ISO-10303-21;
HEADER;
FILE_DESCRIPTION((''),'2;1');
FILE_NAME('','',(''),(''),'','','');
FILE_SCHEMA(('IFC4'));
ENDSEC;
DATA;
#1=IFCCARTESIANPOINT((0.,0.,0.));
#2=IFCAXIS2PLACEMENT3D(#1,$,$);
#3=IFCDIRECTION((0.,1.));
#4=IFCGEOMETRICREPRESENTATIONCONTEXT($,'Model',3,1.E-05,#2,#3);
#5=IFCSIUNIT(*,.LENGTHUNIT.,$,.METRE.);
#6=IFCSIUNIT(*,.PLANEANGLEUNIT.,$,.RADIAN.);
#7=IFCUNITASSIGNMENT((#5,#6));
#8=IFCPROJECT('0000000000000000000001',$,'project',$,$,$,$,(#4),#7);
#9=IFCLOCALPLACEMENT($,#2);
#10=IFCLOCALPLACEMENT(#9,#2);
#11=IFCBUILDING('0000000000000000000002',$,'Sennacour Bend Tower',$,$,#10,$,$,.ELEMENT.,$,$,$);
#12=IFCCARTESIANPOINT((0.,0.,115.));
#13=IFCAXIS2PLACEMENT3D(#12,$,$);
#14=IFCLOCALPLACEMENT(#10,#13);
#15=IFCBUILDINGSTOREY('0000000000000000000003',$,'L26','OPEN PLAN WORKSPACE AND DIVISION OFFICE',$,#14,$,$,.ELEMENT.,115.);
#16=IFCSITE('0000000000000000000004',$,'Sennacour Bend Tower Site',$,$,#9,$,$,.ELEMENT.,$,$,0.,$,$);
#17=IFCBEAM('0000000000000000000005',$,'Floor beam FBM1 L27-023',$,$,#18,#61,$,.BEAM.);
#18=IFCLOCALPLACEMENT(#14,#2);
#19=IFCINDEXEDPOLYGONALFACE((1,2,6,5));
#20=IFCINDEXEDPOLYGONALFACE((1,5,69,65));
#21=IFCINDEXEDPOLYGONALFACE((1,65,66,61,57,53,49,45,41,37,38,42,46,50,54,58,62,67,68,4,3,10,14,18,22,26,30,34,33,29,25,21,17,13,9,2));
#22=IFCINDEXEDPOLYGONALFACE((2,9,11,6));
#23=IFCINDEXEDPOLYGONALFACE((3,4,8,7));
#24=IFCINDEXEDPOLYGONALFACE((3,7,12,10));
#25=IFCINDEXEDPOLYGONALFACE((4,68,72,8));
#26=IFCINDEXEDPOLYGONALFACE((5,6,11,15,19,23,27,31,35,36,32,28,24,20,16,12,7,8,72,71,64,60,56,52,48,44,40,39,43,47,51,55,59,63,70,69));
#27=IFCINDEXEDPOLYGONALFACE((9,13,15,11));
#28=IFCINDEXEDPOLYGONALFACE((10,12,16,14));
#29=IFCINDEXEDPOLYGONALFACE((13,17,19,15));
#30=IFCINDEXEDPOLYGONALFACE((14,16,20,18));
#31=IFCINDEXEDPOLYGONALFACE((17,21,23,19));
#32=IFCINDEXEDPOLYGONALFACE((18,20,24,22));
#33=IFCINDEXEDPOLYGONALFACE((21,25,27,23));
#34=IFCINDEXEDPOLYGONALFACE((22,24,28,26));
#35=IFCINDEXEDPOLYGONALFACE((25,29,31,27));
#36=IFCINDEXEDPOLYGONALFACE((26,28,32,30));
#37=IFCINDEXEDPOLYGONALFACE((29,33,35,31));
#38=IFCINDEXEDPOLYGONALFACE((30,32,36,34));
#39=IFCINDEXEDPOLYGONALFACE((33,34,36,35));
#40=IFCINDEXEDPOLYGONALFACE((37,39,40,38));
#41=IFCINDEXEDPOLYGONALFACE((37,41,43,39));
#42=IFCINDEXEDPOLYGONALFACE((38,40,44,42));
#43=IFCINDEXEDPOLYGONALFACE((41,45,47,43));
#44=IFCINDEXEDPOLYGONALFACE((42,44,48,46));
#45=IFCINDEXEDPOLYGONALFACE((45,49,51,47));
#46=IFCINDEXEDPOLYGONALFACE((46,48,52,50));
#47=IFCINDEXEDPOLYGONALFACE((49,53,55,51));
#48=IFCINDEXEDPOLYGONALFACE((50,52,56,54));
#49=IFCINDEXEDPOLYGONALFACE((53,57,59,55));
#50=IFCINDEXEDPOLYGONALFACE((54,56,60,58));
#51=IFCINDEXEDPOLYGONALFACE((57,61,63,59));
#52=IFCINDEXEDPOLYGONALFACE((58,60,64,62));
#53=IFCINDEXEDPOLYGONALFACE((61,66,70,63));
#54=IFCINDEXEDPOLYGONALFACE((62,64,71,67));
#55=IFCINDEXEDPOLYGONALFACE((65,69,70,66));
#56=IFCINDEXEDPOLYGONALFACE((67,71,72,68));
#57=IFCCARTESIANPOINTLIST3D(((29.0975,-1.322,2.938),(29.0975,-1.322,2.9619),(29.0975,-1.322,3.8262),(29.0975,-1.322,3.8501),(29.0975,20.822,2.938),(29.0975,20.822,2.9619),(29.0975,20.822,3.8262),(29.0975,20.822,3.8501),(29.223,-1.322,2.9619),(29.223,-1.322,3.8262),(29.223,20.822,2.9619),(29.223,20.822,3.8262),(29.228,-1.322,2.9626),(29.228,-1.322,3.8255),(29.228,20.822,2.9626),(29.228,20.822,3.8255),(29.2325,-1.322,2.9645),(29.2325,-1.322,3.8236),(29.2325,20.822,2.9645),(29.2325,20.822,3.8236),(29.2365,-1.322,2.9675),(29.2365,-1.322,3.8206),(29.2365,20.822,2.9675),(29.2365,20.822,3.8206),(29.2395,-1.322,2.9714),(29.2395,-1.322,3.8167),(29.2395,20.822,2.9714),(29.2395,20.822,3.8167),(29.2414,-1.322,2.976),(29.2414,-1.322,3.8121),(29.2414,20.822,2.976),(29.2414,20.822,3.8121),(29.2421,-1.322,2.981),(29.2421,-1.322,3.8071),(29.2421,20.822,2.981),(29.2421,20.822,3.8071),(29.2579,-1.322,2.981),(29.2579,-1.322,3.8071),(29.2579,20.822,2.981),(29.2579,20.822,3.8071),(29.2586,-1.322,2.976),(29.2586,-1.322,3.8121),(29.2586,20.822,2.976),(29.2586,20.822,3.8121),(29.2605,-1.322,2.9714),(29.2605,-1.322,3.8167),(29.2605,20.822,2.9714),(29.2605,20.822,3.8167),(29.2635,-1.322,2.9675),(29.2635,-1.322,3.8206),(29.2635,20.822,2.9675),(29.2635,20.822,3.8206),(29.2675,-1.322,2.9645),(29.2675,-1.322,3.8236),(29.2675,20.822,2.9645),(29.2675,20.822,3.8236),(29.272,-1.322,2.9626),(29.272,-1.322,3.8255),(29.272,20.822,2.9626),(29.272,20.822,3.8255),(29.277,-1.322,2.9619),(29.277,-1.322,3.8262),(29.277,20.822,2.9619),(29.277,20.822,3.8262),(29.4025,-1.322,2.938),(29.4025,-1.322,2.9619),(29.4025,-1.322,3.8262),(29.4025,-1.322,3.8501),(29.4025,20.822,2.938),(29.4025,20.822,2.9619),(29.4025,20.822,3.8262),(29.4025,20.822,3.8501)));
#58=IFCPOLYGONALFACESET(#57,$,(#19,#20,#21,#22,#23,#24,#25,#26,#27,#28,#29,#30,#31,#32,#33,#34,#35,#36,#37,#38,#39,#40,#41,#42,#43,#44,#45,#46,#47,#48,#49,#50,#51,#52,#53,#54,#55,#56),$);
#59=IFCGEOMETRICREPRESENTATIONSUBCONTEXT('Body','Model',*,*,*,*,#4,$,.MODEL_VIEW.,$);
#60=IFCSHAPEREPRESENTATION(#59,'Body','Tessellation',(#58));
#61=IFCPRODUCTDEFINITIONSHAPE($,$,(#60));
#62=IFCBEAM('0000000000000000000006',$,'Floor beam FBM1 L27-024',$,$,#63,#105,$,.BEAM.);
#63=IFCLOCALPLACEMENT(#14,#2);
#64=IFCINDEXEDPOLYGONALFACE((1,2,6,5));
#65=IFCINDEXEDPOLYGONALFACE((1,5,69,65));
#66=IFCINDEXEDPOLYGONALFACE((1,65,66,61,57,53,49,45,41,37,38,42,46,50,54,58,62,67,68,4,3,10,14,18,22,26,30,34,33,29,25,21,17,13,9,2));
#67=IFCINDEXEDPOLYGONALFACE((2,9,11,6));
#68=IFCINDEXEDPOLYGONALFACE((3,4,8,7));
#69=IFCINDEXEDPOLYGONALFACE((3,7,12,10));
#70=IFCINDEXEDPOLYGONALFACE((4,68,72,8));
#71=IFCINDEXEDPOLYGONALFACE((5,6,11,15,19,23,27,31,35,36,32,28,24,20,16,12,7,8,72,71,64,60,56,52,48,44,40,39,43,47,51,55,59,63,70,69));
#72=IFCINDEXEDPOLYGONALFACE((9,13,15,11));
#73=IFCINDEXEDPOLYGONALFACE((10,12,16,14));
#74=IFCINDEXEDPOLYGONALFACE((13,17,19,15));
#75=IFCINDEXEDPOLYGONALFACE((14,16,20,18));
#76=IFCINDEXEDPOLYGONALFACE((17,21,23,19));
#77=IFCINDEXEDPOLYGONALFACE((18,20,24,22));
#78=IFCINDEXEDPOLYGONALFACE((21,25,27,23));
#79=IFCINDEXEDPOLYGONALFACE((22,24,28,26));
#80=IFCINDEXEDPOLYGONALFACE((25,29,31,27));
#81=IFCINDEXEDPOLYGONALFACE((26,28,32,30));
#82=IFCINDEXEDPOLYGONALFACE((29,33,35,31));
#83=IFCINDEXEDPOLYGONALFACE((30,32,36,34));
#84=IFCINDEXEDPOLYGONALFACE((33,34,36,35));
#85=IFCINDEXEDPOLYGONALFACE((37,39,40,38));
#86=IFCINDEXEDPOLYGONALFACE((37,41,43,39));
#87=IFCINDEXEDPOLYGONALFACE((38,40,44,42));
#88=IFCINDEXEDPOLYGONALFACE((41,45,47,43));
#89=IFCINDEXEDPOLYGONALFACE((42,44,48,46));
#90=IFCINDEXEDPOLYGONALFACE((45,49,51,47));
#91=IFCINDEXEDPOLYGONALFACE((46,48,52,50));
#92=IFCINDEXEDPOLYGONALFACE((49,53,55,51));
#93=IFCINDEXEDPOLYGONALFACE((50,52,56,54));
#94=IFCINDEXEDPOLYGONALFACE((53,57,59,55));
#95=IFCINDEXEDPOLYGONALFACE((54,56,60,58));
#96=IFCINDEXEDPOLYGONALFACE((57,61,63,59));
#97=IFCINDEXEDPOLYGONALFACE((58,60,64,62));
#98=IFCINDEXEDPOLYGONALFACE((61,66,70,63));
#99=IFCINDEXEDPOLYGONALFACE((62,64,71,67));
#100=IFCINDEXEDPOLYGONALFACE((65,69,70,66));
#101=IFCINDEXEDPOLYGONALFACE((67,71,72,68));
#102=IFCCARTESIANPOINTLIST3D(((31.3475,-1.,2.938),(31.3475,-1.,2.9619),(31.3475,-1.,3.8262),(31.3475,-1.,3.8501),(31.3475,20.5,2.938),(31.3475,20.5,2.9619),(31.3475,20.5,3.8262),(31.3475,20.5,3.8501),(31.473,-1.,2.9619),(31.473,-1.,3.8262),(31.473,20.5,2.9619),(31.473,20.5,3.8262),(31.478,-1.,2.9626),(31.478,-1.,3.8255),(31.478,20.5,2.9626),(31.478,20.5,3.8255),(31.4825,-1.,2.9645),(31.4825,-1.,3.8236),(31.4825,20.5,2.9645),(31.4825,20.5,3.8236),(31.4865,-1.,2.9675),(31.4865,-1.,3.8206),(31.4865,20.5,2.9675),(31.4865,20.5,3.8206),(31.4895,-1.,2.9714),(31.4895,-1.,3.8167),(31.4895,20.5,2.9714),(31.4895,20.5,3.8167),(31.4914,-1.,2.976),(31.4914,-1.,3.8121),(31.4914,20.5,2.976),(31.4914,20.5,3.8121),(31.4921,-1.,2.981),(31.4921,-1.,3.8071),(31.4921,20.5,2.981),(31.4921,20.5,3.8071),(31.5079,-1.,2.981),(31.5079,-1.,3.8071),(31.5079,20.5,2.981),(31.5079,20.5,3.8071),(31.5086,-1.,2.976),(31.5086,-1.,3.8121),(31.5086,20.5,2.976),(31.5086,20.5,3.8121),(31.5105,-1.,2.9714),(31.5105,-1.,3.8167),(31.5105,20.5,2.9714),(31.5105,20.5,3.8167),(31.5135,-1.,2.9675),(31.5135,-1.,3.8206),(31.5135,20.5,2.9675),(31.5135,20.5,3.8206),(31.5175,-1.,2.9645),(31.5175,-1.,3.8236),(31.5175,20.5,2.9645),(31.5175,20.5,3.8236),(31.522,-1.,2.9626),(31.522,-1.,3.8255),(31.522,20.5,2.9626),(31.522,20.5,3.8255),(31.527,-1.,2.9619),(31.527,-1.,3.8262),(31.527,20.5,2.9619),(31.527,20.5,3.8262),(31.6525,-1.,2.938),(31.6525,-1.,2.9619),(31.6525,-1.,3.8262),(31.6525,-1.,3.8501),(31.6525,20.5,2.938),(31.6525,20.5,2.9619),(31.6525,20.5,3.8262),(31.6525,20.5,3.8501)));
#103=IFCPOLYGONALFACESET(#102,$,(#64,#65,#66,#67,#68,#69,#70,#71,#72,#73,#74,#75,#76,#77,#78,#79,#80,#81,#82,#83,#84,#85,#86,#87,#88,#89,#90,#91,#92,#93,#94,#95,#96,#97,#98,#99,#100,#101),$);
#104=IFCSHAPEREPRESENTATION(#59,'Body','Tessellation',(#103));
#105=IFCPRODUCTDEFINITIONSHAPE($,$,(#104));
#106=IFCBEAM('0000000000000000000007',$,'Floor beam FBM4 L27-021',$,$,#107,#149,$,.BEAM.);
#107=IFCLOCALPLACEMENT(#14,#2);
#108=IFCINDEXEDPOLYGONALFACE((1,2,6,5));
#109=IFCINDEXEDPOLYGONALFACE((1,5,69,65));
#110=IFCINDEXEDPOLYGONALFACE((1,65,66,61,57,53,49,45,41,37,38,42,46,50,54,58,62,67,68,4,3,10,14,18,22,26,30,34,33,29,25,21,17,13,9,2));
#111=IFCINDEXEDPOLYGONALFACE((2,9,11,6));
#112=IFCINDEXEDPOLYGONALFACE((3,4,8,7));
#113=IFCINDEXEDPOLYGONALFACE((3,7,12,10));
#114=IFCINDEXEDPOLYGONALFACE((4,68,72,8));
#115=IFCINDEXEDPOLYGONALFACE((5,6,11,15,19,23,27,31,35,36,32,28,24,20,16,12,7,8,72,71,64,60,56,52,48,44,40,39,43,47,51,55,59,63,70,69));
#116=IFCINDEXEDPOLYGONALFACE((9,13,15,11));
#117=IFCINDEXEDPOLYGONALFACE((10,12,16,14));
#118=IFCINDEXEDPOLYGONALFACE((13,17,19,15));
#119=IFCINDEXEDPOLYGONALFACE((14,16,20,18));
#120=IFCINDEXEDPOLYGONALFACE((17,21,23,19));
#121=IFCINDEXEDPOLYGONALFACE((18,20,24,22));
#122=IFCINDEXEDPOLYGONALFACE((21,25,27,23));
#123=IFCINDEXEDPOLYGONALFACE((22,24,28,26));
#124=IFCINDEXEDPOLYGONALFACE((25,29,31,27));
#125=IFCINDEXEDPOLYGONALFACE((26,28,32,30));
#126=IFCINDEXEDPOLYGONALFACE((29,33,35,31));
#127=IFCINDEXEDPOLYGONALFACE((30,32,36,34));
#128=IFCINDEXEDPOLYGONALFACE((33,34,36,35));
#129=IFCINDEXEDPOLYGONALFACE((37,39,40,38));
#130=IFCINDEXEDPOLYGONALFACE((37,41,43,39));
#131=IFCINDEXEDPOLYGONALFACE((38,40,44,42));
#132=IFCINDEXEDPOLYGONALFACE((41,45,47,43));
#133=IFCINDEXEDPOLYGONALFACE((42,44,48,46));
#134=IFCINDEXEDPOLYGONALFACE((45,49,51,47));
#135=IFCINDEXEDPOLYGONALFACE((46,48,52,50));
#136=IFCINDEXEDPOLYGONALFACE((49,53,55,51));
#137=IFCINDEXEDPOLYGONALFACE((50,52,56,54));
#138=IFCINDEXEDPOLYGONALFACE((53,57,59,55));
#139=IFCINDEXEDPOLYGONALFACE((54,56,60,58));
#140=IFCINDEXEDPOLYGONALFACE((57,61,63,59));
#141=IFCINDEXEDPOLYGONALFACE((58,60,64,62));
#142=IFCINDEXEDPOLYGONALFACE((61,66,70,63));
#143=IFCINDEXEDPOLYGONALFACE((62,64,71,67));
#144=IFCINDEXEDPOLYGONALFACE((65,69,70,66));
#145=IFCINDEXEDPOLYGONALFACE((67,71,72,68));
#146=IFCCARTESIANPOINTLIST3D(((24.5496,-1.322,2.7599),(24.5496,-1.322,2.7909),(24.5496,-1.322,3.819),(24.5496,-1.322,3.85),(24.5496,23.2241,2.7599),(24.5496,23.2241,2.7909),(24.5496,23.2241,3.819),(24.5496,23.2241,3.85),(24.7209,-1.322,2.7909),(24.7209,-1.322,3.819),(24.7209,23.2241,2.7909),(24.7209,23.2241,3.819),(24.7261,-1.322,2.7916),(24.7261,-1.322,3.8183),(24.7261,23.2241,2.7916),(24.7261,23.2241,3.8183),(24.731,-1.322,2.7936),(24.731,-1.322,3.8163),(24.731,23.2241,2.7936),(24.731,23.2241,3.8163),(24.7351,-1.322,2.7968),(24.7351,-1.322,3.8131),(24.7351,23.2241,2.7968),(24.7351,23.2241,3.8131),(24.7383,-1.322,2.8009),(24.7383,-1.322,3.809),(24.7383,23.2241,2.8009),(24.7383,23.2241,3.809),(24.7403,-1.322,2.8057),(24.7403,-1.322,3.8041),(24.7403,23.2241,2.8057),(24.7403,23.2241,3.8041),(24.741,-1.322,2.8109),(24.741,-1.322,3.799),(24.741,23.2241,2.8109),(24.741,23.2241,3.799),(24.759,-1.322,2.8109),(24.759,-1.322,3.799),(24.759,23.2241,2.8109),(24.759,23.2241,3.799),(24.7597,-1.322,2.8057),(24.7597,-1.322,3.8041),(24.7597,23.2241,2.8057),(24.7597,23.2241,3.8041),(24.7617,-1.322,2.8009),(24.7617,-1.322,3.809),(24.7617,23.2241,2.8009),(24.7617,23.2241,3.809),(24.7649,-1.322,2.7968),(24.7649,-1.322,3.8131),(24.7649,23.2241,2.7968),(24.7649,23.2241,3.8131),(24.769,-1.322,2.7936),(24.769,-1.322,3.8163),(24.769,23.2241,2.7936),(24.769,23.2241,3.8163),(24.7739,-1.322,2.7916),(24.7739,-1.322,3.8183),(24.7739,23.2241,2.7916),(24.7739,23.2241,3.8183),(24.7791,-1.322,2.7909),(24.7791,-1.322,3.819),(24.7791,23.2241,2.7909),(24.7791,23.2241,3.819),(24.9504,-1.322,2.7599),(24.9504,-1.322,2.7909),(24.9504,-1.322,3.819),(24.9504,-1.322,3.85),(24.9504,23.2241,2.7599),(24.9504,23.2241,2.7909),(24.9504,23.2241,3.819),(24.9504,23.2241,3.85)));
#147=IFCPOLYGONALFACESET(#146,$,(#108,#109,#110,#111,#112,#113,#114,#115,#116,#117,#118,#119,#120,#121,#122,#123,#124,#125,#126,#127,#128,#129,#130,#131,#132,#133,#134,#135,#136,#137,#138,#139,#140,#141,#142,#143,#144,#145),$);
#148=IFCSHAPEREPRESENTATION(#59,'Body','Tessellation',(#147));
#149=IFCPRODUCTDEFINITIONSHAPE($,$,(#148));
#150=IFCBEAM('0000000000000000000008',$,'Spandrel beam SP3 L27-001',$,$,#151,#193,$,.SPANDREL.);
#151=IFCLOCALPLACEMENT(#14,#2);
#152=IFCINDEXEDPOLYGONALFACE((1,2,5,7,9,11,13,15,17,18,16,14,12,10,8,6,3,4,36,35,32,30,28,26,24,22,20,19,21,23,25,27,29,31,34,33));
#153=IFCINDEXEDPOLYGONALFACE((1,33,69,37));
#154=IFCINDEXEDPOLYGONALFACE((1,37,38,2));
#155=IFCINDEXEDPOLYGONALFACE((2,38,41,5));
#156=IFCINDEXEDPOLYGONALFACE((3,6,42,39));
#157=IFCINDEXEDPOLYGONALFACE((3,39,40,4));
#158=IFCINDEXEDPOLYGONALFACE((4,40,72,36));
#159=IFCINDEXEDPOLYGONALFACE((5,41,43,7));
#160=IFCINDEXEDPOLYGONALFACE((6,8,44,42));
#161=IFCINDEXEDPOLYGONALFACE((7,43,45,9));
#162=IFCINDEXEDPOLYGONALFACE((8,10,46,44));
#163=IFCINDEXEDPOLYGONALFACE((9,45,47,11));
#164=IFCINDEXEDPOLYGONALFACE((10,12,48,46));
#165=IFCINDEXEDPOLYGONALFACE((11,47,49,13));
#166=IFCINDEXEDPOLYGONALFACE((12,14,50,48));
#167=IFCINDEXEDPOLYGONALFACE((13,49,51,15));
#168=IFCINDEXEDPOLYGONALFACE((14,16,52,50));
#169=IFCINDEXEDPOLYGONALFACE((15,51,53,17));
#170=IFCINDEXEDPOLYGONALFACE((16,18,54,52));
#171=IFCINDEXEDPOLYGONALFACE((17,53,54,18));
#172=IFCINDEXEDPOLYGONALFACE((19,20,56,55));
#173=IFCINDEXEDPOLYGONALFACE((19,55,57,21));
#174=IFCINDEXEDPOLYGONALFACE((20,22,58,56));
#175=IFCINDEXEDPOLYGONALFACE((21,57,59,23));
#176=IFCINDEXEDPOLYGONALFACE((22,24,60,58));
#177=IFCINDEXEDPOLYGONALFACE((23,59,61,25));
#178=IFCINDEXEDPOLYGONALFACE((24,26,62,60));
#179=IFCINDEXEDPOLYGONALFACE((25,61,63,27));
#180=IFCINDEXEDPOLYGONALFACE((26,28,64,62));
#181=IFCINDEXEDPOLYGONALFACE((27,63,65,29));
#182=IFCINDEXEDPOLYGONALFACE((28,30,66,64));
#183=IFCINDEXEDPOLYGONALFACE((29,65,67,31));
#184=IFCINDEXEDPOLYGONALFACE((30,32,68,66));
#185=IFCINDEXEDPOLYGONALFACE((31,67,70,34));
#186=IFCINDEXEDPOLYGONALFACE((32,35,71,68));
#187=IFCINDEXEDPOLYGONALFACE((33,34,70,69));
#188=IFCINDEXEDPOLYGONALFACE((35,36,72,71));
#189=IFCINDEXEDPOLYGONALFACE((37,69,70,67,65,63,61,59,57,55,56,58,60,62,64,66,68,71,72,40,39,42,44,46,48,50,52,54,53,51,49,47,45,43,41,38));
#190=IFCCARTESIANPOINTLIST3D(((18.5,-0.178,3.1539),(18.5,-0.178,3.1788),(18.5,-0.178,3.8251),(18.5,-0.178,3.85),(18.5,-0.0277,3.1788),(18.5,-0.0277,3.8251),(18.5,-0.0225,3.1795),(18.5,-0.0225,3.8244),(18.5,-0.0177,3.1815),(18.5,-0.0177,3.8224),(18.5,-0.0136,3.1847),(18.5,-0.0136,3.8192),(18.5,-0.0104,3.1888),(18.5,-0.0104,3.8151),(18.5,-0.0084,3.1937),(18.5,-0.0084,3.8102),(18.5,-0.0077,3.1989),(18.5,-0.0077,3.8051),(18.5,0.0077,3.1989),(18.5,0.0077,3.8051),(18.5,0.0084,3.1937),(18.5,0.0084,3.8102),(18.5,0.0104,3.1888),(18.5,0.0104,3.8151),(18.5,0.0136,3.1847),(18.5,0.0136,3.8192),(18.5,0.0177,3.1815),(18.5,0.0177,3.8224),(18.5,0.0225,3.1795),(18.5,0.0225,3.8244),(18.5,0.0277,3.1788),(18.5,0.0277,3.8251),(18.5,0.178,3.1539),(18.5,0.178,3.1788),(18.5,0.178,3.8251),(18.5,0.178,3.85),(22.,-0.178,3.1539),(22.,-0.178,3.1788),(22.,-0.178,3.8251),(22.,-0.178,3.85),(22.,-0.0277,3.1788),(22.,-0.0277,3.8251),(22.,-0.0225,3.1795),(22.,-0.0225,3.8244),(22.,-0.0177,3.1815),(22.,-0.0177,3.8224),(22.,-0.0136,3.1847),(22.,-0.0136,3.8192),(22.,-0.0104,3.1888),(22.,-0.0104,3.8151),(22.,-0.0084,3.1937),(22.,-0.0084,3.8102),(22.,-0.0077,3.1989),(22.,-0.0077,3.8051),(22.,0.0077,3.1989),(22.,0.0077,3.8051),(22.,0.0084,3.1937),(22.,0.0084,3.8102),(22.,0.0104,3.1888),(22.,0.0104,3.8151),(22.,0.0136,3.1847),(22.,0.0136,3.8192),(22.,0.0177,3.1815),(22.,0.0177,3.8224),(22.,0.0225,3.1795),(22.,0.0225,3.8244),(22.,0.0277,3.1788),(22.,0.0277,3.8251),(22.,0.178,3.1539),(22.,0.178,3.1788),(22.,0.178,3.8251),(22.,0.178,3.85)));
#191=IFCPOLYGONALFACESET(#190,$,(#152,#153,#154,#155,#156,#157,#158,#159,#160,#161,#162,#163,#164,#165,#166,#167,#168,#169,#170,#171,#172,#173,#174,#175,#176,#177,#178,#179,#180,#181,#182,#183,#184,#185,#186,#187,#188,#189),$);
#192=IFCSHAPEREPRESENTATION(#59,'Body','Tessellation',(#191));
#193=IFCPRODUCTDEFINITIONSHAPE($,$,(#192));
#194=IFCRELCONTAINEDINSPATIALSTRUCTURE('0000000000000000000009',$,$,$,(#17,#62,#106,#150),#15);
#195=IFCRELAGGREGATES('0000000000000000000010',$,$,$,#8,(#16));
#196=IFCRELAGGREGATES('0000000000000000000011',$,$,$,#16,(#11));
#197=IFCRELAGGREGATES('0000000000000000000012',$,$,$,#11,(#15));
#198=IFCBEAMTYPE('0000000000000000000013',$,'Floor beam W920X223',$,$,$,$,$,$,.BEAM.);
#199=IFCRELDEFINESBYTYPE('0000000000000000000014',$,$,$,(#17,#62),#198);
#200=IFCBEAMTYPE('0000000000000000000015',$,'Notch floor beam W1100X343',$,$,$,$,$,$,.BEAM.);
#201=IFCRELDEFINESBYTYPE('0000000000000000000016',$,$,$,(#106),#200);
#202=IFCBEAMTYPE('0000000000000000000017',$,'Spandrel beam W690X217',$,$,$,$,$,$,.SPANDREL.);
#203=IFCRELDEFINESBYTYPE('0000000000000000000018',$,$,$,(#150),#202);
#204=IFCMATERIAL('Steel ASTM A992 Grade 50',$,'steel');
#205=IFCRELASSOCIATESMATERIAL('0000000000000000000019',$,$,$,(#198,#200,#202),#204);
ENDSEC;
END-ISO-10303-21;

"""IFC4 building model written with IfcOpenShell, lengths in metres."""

from ifc_helpers import new_model, si_unit, direction, frame, origin, origin_2d, place, context, subcontext, project, spatial, i_section, extrude, material, material_profile, profile_set, type_object, element, save


model = new_model("IFC4")

# Units and contexts
model_context = context("Model", 3, precision=1e-05, world=origin(), true_north=direction((0.0, 1.0)))
body_context = subcontext(model_context, "Body", "Model", "MODEL_VIEW")
ifc_project = project(units=[si_unit("LENGTHUNIT", "METRE"), si_unit("PLANEANGLEUNIT", "RADIAN")], contexts=[model_context])

# Site, building, storey
site_placement = place(None, origin())
site = spatial("IfcSite", under=ifc_project, at=site_placement, Name="Sennacour Bend Tower Site", CompositionType="ELEMENT", RefElevation=0.0)
building_placement = place(site_placement, origin())
building = spatial("IfcBuilding", under=site, at=building_placement, Name="Sennacour Bend Tower", CompositionType="ELEMENT")
storey_placement = place(building_placement, frame((0.0, 0.0, 115.0)))
storey = spatial("IfcBuildingStorey", under=building, at=storey_placement, Name="L26", Description="OPEN PLAN WORKSPACE AND DIVISION OFFICE", CompositionType="ELEMENT", Elevation=115.0)

# Beams
ifc_material_1 = material(Name="Steel ASTM A992 Grade 50", Category="steel")
ifc_material_profile_1 = material_profile(ifc_material_1, i_section(OverallWidth=0.3049, OverallDepth=0.9121, WebThickness=0.0159, FlangeThickness=0.0239, FilletRadius=0.019, at=origin_2d()), Name="Steel ASTM A992 Grade 50", Category="steel")
ifc_profile_set_1 = profile_set([ifc_material_profile_1], Name="Steel ASTM A992 Grade 50")
beam_type_1 = type_object("IfcBeamType", Name="Floor beam W920X223", PredefinedType="BEAM", material=ifc_profile_set_1)
beam_1_placement = place(storey_placement, frame((29.25, -1.322, 3.394), z_axis=(0.0, 1.0, 0.0), x_axis=(-1.0, 0.0, 0.0)))
element("IfcBeam", 1, at=beam_1_placement, inside=storey, type_object=beam_type_1, Name="Floor beam FBM1 L27-023", PredefinedType="BEAM", context=body_context, shape_type="SweptSolid", body=[
    extrude(i_section(OverallWidth=0.3049, OverallDepth=0.9121, WebThickness=0.0159, FlangeThickness=0.0239, FilletRadius=0.019, at=origin_2d()), origin(), (0.0, 0.0, 1.0), 22.144),
])
beam_2_placement = place(storey_placement, frame((31.5, -1.0, 3.394), z_axis=(0.0, 1.0, 0.0), x_axis=(-1.0, 0.0, 0.0)))
element("IfcBeam", 2, at=beam_2_placement, inside=storey, type_object=beam_type_1, Name="Floor beam FBM1 L27-024", PredefinedType="BEAM", context=body_context, shape_type="SweptSolid", body=[
    extrude(i_section(OverallWidth=0.3049, OverallDepth=0.9121, WebThickness=0.0159, FlangeThickness=0.0239, FilletRadius=0.019, at=origin_2d()), origin(), (0.0, 0.0, 1.0), 21.5),
])
ifc_material_profile_2 = material_profile(ifc_material_1, i_section(OverallWidth=0.4009, OverallDepth=1.0901, WebThickness=0.0181, FlangeThickness=0.031, FilletRadius=0.02, at=origin_2d()), Name="Steel ASTM A992 Grade 50", Category="steel")
ifc_profile_set_2 = profile_set([ifc_material_profile_2], Name="Steel ASTM A992 Grade 50")
beam_type_2 = type_object("IfcBeamType", Name="Notch floor beam W1100X343", PredefinedType="BEAM", material=ifc_profile_set_2)
beam_3_placement = place(storey_placement, frame((24.75, -1.322, 3.3049), z_axis=(0.0, 1.0, 0.0), x_axis=(-1.0, 0.0, 0.0)))
element("IfcBeam", 3, at=beam_3_placement, inside=storey, type_object=beam_type_2, Name="Floor beam FBM4 L27-021", PredefinedType="BEAM", context=body_context, shape_type="SweptSolid", body=[
    extrude(i_section(OverallWidth=0.4009, OverallDepth=1.0901, WebThickness=0.0181, FlangeThickness=0.031, FilletRadius=0.02, at=origin_2d()), origin(), (0.0, 0.0, 1.0), 24.5461),
])
ifc_material_profile_3 = material_profile(ifc_material_1, i_section(OverallWidth=0.356, OverallDepth=0.696, WebThickness=0.0154, FlangeThickness=0.0249, FilletRadius=0.02, at=origin_2d()), Name="Steel ASTM A992 Grade 50", Category="steel")
ifc_profile_set_3 = profile_set([ifc_material_profile_3], Name="Steel ASTM A992 Grade 50")
beam_type_3 = type_object("IfcBeamType", Name="Spandrel beam W690X217", PredefinedType="SPANDREL", material=ifc_profile_set_3)
for number, where, z_axis, x_axis, name in (
    (4, (22.0, 0.0, 3.502), (-1.0, 0.0, 0.0), (0.0, -1.0, 0.0), "Spandrel beam SP3 L27-001"),
):
    element("IfcBeam", number, at=place(storey_placement, frame(where, z_axis=z_axis, x_axis=x_axis)), inside=storey, type_object=beam_type_3, Name=name, PredefinedType="SPANDREL", context=body_context, shape_type="SweptSolid", body=[
        extrude(i_section(OverallWidth=0.356, OverallDepth=0.696, WebThickness=0.0154, FlangeThickness=0.0249, FilletRadius=0.02, at=origin_2d()), origin(), (0.0, 0.0, 1.0), 3.5),
    ])

save(model, "model.ifc")
